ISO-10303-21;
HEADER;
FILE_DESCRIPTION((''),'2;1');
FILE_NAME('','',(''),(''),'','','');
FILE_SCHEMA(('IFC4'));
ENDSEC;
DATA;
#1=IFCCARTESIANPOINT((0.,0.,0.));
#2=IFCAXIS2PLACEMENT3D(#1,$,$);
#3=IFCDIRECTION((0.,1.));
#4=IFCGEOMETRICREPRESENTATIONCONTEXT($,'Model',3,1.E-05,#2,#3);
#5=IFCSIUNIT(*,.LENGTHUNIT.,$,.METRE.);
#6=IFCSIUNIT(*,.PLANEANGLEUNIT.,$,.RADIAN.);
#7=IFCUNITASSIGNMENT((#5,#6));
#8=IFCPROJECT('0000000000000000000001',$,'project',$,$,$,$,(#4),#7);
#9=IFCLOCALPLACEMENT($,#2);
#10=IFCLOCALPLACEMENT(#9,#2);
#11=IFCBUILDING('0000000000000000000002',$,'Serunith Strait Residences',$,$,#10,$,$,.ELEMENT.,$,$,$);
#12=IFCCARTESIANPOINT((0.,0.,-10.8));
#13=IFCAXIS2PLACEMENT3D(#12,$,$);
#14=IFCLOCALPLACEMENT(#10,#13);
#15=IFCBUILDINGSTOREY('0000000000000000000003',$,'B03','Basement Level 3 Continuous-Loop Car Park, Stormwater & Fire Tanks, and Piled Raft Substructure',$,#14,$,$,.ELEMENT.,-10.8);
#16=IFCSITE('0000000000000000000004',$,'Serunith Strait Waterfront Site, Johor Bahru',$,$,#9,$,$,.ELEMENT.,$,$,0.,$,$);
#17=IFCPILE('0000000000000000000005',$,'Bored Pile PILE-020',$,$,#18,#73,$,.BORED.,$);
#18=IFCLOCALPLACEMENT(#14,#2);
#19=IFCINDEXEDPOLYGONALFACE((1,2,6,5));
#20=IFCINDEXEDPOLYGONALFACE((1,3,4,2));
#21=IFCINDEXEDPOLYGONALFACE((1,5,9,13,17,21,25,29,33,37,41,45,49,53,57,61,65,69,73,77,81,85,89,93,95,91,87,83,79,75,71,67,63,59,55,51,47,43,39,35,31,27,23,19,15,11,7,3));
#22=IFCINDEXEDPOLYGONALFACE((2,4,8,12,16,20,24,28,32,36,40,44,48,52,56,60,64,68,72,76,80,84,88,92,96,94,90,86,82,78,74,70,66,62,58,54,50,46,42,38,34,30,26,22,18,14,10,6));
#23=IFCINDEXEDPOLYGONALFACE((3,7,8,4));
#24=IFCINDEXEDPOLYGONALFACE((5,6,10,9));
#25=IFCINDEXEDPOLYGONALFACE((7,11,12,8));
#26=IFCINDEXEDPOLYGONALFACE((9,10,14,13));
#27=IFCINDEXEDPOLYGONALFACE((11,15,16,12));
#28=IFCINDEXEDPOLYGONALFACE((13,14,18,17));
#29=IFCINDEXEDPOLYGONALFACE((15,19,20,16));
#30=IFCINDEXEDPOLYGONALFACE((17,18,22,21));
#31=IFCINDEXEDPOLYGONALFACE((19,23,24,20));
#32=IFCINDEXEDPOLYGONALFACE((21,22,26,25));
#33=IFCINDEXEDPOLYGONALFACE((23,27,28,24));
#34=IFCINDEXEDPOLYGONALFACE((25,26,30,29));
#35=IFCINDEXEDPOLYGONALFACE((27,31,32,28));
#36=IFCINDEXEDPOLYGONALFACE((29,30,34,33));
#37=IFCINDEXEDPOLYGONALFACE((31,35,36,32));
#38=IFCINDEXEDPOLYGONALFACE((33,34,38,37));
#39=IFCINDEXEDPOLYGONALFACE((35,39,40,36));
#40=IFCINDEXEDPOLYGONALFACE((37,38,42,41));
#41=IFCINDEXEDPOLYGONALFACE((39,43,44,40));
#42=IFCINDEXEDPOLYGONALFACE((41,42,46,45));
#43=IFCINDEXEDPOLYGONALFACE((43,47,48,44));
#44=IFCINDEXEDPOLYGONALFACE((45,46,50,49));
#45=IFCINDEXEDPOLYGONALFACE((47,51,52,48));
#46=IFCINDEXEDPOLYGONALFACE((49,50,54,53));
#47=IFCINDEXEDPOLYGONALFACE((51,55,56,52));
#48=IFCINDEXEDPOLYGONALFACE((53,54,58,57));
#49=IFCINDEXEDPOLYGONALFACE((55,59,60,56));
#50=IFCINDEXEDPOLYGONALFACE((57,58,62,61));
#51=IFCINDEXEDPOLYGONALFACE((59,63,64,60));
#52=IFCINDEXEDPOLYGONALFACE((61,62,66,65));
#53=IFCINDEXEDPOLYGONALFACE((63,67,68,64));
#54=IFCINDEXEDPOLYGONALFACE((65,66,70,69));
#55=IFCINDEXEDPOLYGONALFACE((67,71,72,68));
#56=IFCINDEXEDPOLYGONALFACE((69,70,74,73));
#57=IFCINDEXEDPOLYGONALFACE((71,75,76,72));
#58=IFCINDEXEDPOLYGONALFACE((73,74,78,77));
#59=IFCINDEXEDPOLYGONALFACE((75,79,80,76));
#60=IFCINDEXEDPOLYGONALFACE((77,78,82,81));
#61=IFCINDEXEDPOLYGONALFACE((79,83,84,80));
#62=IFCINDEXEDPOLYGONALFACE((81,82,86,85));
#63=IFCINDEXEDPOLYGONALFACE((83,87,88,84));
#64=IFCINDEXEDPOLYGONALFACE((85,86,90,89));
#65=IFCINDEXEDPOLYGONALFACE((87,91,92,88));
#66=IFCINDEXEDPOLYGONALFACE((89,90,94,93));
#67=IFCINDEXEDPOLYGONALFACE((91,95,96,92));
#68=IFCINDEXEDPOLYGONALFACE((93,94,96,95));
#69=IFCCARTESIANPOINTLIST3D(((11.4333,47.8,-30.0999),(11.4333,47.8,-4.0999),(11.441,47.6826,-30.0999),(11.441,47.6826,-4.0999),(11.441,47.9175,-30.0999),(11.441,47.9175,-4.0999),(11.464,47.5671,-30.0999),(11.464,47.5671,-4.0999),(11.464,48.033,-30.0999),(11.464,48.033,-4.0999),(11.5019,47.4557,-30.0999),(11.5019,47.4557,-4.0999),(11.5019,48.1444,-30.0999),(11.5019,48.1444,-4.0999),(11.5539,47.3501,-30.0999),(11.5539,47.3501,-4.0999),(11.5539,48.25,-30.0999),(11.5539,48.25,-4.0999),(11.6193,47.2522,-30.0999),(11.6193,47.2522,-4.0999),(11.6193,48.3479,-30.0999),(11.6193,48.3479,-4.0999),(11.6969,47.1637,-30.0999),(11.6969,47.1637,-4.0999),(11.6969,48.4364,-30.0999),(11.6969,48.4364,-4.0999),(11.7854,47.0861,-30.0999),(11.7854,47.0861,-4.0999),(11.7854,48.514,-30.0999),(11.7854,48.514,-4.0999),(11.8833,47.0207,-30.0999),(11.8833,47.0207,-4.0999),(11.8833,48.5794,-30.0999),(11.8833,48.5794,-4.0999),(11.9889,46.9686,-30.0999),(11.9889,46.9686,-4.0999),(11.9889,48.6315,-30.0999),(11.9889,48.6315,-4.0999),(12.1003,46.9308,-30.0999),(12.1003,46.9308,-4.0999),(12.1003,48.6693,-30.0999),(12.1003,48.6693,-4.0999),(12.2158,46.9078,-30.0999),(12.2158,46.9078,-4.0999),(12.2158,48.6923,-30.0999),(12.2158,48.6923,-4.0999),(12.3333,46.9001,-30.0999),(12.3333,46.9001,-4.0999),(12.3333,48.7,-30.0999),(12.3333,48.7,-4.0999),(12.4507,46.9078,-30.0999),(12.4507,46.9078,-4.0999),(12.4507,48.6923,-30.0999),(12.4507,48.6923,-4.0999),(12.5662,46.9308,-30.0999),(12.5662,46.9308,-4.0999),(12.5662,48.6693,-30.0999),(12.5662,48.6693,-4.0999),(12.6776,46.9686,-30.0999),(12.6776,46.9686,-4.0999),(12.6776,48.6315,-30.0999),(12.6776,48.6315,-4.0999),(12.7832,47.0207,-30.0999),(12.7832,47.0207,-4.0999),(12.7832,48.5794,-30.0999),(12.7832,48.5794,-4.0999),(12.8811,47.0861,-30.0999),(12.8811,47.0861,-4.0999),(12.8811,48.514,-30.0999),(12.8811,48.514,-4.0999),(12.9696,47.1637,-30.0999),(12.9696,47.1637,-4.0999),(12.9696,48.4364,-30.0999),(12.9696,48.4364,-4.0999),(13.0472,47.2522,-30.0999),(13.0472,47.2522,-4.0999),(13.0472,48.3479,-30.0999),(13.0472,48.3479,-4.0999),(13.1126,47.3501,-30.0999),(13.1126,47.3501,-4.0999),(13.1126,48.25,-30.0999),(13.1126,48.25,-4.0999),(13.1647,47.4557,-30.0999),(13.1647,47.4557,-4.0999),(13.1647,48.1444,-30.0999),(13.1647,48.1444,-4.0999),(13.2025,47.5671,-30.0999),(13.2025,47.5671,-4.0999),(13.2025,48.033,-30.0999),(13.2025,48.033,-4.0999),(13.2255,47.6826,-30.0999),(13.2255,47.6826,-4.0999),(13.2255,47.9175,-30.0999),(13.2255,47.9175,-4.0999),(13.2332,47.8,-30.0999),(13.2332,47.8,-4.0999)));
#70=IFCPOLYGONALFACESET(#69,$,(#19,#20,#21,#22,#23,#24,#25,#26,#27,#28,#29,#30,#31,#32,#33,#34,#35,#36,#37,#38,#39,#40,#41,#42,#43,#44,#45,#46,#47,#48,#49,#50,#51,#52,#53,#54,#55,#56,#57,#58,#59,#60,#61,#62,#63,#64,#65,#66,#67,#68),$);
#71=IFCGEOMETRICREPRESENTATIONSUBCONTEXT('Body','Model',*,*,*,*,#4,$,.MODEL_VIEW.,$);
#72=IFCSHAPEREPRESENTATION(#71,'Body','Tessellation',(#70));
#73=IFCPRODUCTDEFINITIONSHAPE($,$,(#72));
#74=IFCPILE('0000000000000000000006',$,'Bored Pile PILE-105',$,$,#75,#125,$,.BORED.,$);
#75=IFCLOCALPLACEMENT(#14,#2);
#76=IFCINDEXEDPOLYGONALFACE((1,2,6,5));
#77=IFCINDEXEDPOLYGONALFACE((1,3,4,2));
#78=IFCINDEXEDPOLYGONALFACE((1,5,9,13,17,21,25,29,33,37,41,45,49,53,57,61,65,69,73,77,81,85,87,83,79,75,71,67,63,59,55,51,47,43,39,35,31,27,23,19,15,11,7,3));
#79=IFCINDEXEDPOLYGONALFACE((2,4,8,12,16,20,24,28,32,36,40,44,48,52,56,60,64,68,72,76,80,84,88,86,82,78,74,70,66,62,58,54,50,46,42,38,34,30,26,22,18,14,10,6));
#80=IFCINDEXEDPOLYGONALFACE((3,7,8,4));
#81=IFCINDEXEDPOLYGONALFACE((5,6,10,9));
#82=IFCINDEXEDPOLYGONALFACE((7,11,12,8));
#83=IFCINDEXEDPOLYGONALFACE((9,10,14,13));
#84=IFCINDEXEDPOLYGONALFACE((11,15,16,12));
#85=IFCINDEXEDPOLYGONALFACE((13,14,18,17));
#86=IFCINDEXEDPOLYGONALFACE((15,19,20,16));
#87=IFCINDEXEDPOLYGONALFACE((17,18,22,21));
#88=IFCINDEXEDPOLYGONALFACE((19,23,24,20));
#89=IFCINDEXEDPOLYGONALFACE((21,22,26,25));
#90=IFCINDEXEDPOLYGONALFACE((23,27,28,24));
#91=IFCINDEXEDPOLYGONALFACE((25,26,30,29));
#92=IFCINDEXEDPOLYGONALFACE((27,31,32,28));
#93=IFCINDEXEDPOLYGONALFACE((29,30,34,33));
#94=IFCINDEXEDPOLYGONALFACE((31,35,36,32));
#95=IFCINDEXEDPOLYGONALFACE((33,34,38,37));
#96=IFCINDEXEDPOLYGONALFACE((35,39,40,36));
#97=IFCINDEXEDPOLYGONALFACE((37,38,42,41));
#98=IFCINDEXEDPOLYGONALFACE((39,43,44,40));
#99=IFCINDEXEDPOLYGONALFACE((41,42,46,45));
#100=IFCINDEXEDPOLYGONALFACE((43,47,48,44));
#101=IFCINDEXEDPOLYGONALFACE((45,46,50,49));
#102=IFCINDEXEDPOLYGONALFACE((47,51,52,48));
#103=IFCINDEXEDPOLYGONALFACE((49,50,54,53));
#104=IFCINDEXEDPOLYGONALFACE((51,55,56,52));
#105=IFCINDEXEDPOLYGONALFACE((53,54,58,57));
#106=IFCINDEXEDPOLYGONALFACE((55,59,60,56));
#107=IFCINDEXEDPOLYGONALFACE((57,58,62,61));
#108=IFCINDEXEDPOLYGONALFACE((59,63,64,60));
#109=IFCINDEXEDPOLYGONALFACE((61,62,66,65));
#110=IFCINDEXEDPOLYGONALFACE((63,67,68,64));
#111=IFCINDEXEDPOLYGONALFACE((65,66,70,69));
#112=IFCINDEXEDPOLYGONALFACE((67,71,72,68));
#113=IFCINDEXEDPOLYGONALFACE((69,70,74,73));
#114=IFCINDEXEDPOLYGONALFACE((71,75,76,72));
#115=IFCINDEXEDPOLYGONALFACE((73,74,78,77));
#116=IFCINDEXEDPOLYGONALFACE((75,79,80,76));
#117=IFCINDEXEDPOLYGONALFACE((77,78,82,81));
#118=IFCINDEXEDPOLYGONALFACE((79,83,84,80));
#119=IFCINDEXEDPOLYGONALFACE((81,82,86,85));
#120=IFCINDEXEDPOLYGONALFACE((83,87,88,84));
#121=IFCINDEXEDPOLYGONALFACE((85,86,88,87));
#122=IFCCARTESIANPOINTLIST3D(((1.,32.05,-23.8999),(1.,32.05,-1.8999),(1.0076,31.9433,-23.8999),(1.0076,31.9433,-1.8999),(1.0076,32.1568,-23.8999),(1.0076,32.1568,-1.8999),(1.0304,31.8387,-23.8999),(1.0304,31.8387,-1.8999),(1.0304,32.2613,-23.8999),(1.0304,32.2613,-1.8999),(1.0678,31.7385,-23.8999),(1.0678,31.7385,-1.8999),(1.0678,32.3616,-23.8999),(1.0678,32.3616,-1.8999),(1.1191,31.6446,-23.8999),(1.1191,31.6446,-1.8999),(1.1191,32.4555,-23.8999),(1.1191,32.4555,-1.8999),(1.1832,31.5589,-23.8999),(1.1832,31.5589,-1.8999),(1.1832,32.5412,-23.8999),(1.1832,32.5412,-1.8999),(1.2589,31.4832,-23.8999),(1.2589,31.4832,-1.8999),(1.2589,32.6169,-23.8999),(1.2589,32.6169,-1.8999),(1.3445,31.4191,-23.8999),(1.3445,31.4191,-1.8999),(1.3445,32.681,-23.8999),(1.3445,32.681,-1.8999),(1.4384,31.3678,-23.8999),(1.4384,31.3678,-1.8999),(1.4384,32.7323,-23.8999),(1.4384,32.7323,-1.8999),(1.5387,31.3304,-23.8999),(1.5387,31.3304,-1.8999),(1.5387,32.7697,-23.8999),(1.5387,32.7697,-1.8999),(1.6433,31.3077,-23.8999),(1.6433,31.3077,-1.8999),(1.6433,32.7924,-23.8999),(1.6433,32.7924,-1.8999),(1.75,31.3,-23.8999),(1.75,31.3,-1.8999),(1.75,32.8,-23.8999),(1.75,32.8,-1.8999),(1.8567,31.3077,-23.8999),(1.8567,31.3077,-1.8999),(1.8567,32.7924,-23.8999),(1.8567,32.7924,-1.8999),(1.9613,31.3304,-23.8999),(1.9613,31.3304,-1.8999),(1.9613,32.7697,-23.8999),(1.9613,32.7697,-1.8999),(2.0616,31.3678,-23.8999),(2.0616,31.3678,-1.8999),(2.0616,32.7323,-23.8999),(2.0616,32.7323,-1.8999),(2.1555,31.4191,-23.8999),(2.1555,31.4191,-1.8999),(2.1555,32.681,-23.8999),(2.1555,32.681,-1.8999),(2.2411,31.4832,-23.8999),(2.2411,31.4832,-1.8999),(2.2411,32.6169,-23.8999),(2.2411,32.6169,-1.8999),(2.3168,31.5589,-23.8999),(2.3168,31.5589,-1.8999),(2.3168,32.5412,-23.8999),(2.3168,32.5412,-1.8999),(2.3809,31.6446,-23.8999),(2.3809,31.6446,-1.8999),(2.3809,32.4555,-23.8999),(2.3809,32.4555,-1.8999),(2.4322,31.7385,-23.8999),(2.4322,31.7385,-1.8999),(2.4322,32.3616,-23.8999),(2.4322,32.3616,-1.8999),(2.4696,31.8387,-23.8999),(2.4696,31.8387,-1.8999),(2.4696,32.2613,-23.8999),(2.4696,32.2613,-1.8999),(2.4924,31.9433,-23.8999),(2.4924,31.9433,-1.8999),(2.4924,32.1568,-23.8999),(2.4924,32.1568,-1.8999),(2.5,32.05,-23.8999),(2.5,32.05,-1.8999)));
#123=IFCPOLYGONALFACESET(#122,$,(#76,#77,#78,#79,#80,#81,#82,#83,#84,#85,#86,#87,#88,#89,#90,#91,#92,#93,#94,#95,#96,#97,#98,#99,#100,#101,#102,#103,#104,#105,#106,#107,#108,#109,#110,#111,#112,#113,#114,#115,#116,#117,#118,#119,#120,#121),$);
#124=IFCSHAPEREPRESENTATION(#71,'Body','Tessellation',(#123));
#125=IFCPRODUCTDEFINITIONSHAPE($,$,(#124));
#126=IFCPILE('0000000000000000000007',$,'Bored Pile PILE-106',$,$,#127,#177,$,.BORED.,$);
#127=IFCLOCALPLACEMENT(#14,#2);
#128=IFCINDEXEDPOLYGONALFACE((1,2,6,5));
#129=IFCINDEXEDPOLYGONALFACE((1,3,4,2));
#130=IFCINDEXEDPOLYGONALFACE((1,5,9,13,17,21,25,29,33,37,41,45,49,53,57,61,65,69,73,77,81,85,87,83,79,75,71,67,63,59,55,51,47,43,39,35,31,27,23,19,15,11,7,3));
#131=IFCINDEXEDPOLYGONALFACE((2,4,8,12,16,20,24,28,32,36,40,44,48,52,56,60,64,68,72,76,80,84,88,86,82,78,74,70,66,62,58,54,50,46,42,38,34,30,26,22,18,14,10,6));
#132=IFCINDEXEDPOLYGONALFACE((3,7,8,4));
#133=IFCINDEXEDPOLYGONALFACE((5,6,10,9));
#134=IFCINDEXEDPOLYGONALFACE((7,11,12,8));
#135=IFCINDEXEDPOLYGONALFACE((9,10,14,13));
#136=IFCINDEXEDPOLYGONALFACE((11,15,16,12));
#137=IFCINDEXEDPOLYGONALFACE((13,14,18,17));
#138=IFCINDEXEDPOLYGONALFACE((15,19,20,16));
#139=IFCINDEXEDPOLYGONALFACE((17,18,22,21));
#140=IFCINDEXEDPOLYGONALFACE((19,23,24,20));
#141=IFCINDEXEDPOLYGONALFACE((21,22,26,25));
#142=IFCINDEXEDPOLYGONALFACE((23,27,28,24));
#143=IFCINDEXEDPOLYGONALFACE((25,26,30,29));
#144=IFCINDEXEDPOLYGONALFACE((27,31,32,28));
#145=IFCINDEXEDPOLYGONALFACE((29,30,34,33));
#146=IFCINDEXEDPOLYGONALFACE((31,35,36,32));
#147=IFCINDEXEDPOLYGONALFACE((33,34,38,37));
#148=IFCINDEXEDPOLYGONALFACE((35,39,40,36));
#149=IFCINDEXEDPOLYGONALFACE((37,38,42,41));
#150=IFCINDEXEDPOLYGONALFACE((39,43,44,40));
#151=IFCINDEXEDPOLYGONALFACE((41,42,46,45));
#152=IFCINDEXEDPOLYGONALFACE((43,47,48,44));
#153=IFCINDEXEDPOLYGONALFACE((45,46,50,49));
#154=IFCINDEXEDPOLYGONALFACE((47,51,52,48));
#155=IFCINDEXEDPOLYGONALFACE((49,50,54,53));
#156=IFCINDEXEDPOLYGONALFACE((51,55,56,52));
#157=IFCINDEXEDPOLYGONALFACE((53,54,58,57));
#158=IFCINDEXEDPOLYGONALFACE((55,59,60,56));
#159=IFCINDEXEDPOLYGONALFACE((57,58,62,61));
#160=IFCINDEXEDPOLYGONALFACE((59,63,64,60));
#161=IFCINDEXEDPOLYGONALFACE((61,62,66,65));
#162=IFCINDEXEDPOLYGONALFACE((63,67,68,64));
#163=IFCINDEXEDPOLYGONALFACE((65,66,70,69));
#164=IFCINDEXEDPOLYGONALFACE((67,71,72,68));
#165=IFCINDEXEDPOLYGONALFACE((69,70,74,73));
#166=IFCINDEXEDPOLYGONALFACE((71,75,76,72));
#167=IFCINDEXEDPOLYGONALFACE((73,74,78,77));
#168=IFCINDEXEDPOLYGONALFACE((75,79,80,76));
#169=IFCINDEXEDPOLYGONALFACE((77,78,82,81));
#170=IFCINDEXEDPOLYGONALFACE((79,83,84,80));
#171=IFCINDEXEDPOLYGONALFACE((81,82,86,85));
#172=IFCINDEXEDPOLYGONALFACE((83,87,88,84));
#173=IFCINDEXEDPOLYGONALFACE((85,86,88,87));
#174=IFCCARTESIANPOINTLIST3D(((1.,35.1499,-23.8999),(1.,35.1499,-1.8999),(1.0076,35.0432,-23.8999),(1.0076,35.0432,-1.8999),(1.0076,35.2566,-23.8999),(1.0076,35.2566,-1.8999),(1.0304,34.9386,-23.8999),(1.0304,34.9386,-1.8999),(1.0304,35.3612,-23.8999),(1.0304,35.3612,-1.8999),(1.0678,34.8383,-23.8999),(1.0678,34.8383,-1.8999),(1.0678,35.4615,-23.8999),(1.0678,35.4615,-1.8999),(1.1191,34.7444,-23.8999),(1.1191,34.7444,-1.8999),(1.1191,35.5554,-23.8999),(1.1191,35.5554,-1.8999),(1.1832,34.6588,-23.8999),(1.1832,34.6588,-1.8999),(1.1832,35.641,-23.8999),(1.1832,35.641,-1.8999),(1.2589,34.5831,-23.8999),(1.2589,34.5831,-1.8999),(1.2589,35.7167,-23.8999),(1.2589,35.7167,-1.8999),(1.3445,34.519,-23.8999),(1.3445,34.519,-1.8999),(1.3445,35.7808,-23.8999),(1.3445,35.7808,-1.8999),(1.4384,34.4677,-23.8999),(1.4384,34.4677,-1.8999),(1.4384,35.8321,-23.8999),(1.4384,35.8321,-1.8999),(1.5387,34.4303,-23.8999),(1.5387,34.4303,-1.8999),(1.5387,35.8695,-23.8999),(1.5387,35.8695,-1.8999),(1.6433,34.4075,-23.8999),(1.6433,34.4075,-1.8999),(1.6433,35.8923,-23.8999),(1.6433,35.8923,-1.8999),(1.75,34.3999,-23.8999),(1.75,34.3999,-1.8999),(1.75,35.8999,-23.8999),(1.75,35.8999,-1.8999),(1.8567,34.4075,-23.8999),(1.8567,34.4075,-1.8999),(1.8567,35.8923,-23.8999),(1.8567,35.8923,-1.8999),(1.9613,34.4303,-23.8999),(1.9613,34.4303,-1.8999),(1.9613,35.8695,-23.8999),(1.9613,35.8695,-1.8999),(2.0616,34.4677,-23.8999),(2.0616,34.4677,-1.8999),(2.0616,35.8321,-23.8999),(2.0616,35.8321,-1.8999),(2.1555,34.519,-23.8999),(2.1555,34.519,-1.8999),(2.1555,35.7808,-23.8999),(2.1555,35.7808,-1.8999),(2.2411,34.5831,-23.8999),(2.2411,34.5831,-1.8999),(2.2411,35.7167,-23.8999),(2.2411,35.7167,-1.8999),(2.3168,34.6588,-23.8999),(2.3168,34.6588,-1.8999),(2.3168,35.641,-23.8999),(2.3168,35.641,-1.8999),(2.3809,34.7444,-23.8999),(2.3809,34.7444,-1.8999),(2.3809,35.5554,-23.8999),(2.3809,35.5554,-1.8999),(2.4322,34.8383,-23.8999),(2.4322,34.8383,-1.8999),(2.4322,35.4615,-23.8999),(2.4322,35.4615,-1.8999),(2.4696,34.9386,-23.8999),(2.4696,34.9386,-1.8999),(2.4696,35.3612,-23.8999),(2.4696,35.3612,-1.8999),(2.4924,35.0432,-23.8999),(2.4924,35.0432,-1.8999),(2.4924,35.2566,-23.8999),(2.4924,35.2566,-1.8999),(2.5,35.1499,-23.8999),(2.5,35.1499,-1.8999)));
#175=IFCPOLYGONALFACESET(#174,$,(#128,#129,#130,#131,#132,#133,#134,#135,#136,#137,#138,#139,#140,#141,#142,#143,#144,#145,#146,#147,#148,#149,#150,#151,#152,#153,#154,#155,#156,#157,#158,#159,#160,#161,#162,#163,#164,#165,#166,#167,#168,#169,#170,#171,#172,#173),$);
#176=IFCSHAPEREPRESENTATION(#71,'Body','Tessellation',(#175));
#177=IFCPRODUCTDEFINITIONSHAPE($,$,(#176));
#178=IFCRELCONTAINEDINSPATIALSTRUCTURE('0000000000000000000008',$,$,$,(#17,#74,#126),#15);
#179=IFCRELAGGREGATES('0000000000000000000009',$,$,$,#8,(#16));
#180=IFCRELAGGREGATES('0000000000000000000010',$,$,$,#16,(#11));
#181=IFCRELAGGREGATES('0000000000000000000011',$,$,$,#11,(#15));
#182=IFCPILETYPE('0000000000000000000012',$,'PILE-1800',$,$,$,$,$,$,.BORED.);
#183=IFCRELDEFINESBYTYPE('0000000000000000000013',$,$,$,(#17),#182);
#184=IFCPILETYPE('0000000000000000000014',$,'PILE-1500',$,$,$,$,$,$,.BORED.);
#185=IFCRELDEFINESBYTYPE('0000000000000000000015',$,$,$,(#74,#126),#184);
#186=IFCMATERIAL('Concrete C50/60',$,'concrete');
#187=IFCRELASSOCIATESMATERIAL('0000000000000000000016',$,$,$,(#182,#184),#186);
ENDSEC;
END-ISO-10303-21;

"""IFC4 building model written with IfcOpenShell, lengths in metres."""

from ifc_helpers import new_model, si_unit, direction, frame, origin, origin_2d, place, context, subcontext, project, spatial, circle, extrude, source, transform, mapped, material, material_profile, profile_set, type_object, element, save


model = new_model("IFC4")

# Units and contexts
model_context = context("Model", 3, precision=1e-05, world=origin(), true_north=direction((0.0, 1.0)))
body_context = subcontext(model_context, "Body", "Model", "MODEL_VIEW")
ifc_project = project(units=[si_unit("LENGTHUNIT", "METRE"), si_unit("PLANEANGLEUNIT", "RADIAN")], contexts=[model_context])

# Site, building, storey
site_placement = place(None, origin())
site = spatial("IfcSite", under=ifc_project, at=site_placement, Name="Serunith Strait Waterfront Site, Johor Bahru", CompositionType="ELEMENT", RefElevation=0.0)
building_placement = place(site_placement, origin())
building = spatial("IfcBuilding", under=site, at=building_placement, Name="Serunith Strait Residences", CompositionType="ELEMENT")
storey_placement = place(building_placement, frame((0.0, 0.0, -10.8)))
storey = spatial("IfcBuildingStorey", under=building, at=storey_placement, Name="B03", Description="Basement Level 3 Continuous-Loop Car Park, Stormwater & Fire Tanks, and Piled Raft Substructure", CompositionType="ELEMENT", Elevation=-10.8)

# Shared definitions
ifc_material_1 = material(Name="Concrete C50/60", Category="concrete")

# Piles
ifc_material_profile_1 = material_profile(ifc_material_1, circle(Radius=0.8999, at=origin_2d()), Name="PILE D1800")
ifc_profile_set_1 = profile_set([ifc_material_profile_1], Name="Concrete C50/60")
pile_type_1 = type_object("IfcPileType", Name="PILE-1800", PredefinedType="BORED", material=ifc_profile_set_1)
shared_shape_1 = source(origin(), body_context, "Body", "SweptSolid", [
    extrude(circle(Radius=0.8999, at=origin_2d()), origin(), (0.0, 0.0, 1.0), 26.0),
])
for number, where, z_axis, x_axis, name in (
    (1, (12.3333, 47.8, -4.0999), (0.0, 0.0, -1.0), (1.0, 0.0, 0.0), "Bored Pile PILE-020"),
):
    element("IfcPile", number, at=place(storey_placement, frame(where, z_axis=z_axis, x_axis=x_axis)), inside=storey, type_object=pile_type_1, Name=name, PredefinedType="BORED", context=body_context, shape_type="MappedRepresentation", body=[
        mapped(shared_shape_1, transform((0.0, 0.0, 0.0), scale=1.0)),
    ])
ifc_material_profile_2 = material_profile(ifc_material_1, circle(Radius=0.75, at=origin_2d()), Name="PILE D1500")
ifc_profile_set_2 = profile_set([ifc_material_profile_2], Name="Concrete C50/60")
pile_type_2 = type_object("IfcPileType", Name="PILE-1500", PredefinedType="BORED", material=ifc_profile_set_2)
shared_shape_2 = source(origin(), body_context, "Body", "SweptSolid", [
    extrude(circle(Radius=0.75, at=origin_2d()), origin(), (0.0, 0.0, 1.0), 22.0),
])
for number, where, z_axis, x_axis, name in (
    (2, (1.75, 32.05, -1.8999), (0.0, 0.0, -1.0), (1.0, 0.0, 0.0), "Bored Pile PILE-105"),
    (3, (1.75, 35.1499, -1.8999), (0.0, 0.0, -1.0), (1.0, 0.0, 0.0), "Bored Pile PILE-106"),
):
    element("IfcPile", number, at=place(storey_placement, frame(where, z_axis=z_axis, x_axis=x_axis)), inside=storey, type_object=pile_type_2, Name=name, PredefinedType="BORED", context=body_context, shape_type="MappedRepresentation", body=[
        mapped(shared_shape_2, transform((0.0, 0.0, 0.0), scale=1.0)),
    ])

save(model, "model.ifc")
